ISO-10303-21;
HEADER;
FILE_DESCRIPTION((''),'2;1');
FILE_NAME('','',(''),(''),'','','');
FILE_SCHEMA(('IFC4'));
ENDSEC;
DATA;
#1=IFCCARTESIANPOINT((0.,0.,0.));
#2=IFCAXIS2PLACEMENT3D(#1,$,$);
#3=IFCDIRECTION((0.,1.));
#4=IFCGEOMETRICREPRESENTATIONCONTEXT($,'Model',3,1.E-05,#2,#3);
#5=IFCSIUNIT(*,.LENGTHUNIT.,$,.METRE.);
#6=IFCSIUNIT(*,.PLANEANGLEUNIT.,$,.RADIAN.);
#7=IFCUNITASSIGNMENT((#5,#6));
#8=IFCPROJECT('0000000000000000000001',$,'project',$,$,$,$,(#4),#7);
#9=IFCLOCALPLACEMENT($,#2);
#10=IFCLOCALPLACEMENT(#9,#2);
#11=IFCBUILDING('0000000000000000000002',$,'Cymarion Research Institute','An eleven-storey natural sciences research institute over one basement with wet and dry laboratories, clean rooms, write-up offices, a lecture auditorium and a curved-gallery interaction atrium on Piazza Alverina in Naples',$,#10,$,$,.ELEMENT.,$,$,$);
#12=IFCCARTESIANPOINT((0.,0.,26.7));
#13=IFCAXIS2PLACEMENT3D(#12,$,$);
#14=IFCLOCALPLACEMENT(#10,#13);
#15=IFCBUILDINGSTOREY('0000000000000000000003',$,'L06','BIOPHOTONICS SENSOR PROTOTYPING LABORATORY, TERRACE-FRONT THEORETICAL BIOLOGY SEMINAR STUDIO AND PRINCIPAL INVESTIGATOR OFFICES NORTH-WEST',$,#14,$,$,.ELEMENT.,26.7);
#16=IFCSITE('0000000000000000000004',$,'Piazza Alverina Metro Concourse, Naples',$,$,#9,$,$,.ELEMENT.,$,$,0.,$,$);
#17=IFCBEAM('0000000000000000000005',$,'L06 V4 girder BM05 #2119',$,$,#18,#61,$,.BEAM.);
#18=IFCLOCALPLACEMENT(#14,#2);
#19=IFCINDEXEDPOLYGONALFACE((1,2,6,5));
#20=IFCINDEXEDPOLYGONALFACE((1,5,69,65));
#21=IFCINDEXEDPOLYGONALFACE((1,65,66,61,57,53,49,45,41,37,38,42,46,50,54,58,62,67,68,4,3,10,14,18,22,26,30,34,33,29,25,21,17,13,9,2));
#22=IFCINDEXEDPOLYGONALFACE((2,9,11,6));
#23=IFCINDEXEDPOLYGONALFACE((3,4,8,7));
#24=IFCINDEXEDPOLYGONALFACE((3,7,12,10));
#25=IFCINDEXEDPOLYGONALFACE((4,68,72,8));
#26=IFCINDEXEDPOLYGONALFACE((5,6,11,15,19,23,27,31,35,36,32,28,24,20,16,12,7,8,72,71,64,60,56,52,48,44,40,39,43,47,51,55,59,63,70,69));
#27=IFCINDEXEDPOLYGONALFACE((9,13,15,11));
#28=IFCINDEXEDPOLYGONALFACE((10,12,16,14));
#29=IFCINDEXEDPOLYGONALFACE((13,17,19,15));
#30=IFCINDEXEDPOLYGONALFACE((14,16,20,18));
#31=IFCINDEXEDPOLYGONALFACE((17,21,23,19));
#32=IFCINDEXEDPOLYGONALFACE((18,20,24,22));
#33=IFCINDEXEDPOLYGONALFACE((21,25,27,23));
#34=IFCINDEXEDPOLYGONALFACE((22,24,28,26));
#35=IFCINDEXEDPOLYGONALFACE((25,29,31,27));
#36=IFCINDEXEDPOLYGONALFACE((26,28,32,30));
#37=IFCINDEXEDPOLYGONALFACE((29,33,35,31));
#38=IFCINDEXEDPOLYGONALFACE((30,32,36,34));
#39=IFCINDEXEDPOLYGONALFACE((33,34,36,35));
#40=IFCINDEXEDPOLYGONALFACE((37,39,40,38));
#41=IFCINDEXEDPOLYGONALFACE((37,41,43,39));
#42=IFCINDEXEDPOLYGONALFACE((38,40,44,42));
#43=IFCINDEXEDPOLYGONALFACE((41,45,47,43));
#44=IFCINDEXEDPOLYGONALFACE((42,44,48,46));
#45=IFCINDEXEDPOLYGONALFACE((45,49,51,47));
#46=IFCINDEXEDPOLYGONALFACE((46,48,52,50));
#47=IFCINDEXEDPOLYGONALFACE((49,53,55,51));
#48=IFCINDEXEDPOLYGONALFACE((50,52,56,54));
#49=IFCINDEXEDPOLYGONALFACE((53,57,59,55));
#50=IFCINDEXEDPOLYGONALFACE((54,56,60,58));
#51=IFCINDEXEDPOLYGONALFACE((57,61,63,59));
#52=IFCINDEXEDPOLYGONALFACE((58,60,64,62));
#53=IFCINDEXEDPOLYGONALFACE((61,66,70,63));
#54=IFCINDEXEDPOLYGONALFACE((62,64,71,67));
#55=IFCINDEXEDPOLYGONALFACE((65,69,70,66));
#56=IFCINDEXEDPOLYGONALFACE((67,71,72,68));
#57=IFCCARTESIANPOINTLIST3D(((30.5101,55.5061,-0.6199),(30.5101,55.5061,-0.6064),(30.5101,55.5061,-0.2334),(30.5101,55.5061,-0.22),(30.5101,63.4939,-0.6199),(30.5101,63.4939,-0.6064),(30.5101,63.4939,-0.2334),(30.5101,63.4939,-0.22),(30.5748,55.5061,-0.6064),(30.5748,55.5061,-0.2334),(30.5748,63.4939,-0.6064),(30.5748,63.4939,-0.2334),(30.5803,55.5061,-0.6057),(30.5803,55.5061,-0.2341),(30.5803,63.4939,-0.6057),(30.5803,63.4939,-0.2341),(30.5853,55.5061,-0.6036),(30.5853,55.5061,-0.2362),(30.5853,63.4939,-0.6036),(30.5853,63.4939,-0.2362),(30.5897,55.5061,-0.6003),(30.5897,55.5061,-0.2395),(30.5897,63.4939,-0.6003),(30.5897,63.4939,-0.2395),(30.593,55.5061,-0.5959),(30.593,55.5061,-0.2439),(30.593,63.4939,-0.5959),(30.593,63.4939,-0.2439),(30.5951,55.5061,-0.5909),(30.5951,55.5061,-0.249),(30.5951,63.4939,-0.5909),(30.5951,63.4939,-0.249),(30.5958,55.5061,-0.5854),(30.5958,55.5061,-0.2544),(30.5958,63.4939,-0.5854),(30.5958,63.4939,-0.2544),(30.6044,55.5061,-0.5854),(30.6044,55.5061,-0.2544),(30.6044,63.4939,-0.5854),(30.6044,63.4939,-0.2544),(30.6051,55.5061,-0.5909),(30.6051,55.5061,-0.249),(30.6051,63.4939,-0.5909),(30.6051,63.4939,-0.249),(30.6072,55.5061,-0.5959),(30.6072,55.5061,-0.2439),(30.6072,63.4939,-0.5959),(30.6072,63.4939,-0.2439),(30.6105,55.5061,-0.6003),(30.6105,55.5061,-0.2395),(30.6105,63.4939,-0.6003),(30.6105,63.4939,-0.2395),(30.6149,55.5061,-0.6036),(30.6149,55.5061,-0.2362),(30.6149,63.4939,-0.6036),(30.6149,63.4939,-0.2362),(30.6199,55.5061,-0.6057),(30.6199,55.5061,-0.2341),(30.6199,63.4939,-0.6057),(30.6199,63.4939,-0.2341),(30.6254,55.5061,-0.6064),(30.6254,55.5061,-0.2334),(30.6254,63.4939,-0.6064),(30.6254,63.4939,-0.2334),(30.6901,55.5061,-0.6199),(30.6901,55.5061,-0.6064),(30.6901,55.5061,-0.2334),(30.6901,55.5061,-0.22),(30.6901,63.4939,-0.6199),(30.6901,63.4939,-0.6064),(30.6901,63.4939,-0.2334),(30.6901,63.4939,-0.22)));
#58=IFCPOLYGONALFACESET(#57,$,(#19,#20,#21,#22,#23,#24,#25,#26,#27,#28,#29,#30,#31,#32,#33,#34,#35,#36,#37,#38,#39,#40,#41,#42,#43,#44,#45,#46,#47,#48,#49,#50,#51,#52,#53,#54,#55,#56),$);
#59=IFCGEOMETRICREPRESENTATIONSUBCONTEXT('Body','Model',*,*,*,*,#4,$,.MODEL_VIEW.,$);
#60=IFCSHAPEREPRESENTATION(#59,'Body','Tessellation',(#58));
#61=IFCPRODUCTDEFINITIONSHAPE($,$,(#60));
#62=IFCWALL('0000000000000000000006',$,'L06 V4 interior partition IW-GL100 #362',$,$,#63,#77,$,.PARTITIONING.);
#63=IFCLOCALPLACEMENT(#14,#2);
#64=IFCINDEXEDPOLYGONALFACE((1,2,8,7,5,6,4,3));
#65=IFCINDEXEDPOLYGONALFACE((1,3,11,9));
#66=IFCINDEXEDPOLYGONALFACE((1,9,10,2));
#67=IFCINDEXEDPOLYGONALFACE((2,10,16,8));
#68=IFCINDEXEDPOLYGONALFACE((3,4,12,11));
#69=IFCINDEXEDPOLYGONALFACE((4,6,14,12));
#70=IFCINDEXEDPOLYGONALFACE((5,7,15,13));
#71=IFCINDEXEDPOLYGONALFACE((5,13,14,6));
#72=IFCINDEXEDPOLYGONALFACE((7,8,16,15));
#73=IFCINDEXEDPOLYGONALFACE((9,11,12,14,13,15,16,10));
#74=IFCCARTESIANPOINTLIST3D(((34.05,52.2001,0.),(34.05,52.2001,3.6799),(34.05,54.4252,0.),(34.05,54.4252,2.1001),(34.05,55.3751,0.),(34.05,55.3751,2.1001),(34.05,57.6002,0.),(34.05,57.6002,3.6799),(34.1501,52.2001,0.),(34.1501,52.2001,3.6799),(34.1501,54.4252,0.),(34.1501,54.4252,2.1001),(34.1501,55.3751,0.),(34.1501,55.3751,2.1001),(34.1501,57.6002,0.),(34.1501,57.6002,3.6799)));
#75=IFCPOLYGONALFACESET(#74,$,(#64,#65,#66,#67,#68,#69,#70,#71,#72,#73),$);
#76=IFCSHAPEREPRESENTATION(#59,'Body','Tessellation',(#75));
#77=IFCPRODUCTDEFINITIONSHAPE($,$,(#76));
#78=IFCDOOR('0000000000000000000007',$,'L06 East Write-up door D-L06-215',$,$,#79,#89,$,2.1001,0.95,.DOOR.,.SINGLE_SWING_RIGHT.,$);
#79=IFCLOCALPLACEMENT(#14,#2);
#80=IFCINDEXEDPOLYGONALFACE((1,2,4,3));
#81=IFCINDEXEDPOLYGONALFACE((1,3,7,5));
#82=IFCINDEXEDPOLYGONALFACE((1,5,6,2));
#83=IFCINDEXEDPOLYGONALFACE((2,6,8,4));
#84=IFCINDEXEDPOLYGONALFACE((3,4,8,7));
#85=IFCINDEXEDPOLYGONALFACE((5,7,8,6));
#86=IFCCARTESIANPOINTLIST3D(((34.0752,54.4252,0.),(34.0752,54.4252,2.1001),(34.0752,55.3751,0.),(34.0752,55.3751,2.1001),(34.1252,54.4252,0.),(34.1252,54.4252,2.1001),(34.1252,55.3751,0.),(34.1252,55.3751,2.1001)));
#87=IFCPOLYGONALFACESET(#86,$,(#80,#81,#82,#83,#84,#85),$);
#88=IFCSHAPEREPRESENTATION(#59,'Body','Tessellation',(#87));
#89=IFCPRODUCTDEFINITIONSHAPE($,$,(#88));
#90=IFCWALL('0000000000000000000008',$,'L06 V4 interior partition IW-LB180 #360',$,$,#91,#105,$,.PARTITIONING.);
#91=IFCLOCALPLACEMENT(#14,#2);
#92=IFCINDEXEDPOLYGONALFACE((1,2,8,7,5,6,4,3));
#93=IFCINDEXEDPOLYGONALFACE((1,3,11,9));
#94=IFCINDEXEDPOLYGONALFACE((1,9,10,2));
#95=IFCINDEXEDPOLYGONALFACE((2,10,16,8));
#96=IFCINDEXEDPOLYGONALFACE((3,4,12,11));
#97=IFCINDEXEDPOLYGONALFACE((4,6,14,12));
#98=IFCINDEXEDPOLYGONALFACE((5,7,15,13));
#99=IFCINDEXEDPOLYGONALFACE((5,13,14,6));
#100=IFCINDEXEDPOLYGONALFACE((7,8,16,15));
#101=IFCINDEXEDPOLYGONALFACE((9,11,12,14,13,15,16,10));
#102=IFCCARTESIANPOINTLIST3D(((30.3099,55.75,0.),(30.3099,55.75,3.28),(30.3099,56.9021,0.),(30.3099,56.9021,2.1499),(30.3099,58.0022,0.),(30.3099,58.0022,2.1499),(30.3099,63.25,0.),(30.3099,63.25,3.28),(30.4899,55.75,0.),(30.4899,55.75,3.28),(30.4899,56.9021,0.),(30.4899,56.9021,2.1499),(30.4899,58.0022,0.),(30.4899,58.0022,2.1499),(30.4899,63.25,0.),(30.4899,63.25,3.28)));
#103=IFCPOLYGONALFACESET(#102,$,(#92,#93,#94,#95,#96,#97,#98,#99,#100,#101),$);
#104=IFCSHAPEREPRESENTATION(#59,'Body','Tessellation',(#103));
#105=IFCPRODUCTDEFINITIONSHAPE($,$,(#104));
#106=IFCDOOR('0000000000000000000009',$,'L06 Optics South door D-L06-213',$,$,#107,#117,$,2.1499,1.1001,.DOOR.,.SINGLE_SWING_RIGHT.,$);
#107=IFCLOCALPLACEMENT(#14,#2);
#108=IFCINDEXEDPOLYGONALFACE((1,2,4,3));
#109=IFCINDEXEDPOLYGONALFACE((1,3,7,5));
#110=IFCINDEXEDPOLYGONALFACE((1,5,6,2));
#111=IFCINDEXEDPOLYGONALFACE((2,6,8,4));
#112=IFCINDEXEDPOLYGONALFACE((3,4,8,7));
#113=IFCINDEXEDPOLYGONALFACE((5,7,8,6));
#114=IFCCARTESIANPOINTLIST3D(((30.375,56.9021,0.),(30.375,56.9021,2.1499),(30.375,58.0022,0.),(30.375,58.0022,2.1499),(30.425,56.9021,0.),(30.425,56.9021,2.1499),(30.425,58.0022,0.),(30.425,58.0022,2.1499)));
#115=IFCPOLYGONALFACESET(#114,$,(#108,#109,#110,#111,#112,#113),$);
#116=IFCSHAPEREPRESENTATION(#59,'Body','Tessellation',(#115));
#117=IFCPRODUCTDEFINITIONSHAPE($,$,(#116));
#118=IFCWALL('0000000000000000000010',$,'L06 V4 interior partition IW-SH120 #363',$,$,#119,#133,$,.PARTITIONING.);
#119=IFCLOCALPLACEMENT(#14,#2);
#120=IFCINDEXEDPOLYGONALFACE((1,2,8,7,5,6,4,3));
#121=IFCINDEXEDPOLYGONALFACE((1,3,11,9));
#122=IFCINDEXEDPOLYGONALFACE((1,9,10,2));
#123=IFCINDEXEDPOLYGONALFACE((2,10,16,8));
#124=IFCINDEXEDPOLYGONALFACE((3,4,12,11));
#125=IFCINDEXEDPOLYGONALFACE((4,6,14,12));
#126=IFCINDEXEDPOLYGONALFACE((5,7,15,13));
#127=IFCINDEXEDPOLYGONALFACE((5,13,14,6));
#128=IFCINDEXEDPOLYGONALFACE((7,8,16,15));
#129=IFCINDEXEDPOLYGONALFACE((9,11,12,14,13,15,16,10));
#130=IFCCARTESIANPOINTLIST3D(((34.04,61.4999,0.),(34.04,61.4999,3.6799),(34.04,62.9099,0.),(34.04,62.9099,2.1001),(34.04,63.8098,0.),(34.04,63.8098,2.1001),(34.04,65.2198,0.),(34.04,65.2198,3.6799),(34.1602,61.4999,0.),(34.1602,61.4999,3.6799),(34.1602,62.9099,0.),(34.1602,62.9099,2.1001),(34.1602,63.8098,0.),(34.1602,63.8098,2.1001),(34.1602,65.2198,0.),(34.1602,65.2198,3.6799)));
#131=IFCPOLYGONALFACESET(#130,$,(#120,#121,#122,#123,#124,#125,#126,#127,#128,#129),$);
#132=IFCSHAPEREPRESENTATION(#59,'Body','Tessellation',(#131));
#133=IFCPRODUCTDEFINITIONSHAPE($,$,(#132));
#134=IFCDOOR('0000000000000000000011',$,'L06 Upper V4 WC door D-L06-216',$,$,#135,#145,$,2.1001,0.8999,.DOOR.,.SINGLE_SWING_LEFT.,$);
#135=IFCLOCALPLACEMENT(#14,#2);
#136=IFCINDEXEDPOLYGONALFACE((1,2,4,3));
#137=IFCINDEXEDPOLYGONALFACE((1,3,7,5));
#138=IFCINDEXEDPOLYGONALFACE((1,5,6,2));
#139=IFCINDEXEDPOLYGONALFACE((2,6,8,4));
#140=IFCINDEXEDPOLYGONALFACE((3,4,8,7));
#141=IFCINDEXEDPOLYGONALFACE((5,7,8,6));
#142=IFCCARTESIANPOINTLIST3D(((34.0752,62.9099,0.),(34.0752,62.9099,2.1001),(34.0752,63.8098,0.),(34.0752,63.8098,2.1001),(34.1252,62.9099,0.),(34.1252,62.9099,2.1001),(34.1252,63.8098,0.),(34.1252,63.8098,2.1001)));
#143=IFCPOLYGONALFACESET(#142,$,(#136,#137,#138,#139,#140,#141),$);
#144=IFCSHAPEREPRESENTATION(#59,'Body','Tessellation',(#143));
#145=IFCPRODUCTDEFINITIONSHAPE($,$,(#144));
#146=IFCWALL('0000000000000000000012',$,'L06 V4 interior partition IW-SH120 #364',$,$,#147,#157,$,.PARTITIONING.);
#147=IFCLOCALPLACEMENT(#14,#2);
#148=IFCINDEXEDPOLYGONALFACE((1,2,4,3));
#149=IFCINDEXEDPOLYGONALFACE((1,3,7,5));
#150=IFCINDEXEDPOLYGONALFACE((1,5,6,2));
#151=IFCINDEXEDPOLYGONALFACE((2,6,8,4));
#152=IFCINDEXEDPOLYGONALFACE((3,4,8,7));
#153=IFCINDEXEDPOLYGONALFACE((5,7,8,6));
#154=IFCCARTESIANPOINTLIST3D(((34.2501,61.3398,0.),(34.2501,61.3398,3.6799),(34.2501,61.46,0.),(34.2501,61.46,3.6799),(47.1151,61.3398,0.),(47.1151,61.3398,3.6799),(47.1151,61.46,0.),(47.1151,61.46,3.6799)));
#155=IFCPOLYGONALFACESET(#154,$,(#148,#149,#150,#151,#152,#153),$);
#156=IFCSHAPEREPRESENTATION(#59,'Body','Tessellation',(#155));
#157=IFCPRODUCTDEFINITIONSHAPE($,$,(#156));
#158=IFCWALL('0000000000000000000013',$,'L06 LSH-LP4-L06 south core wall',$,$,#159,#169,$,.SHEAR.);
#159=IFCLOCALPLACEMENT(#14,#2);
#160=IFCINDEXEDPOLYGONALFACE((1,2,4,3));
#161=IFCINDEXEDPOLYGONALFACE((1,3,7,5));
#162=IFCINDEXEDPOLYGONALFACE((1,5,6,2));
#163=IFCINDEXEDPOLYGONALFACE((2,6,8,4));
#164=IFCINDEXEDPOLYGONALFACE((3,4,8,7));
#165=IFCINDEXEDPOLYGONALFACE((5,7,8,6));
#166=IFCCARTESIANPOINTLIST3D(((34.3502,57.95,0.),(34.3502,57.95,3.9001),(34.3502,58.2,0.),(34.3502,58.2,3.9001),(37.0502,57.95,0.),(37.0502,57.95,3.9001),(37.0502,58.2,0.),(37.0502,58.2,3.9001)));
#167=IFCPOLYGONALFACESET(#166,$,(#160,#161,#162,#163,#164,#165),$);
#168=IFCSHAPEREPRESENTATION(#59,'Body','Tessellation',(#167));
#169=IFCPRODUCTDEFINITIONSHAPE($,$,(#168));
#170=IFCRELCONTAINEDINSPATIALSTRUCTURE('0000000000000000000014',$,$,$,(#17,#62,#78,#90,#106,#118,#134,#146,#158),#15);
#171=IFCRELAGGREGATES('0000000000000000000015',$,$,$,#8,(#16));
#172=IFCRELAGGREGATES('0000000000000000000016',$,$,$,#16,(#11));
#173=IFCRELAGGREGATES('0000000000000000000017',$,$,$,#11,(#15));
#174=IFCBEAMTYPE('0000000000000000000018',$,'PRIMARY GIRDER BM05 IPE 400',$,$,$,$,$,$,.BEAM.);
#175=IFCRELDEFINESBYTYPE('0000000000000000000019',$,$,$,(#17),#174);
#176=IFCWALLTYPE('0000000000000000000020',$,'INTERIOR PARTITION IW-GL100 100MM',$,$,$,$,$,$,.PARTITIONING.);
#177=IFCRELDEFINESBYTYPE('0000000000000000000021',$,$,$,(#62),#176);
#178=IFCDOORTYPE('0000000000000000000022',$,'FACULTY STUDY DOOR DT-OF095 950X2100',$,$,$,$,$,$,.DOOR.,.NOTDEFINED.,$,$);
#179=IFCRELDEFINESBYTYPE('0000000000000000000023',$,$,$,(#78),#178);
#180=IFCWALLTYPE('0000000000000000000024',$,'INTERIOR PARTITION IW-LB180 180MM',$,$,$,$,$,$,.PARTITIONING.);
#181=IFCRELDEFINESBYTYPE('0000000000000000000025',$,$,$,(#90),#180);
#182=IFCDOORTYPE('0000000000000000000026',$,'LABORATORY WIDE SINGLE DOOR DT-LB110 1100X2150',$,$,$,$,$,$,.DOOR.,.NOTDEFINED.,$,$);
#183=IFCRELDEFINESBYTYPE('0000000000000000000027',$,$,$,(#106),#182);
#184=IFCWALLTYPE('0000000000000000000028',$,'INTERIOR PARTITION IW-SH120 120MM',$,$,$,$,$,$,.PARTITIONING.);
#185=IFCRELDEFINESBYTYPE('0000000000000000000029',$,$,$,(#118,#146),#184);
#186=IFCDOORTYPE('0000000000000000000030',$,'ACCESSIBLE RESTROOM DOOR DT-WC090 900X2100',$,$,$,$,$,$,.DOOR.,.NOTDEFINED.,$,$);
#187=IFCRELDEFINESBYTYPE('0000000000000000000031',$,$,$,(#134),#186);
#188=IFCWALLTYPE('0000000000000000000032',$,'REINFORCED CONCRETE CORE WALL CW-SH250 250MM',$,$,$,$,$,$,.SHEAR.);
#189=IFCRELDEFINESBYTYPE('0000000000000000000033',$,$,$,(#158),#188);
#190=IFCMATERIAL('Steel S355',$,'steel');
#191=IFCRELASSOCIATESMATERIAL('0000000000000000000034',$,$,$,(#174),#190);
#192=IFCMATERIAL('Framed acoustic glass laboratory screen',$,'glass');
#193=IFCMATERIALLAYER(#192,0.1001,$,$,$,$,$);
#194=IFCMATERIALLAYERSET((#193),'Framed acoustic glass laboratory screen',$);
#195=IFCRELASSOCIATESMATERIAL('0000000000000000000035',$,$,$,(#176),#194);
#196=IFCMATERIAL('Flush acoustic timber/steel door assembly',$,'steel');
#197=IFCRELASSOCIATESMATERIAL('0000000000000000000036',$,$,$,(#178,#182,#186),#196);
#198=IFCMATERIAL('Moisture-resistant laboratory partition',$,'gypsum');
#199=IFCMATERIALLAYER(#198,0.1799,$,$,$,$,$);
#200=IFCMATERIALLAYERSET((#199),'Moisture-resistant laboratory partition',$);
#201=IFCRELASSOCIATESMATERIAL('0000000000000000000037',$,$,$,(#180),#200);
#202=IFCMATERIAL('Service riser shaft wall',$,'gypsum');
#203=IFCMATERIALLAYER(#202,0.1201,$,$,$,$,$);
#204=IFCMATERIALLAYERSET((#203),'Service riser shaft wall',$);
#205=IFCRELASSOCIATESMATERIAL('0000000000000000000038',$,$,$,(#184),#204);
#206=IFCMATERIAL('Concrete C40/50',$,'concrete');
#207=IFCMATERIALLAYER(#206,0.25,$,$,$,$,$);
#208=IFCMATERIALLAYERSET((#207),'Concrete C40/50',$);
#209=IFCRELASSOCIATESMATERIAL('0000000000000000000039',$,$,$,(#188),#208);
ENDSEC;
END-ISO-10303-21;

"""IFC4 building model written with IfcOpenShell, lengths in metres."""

from ifc_helpers import new_model, si_unit, direction, frame, frame_2d, origin, origin_2d, place, context, subcontext, project, spatial, rectangle, i_section, extrude, material, layer, layer_set, material_profile, profile_set, type_object, element, fill, save


model = new_model("IFC4")

# Units and contexts
model_context = context("Model", 3, precision=1e-05, world=origin(), true_north=direction((0.0, 1.0)))
body_context = subcontext(model_context, "Body", "Model", "MODEL_VIEW")
ifc_project = project(units=[si_unit("LENGTHUNIT", "METRE"), si_unit("PLANEANGLEUNIT", "RADIAN")], contexts=[model_context])

# Site, building, storey
site_placement = place(None, origin())
site = spatial("IfcSite", under=ifc_project, at=site_placement, Name="Piazza Alverina Metro Concourse, Naples", CompositionType="ELEMENT", RefElevation=0.0)
building_placement = place(site_placement, origin())
building = spatial("IfcBuilding", under=site, at=building_placement, Name="Cymarion Research Institute", Description="An eleven-storey natural sciences research institute over one basement with wet and dry laboratories, clean rooms, write-up offices, a lecture auditorium and a curved-gallery interaction atrium on Piazza Alverina in Naples", CompositionType="ELEMENT")
storey_placement = place(building_placement, frame((0.0, 0.0, 26.7)))
storey = spatial("IfcBuildingStorey", under=building, at=storey_placement, Name="L06", Description="BIOPHOTONICS SENSOR PROTOTYPING LABORATORY, TERRACE-FRONT THEORETICAL BIOLOGY SEMINAR STUDIO AND PRINCIPAL INVESTIGATOR OFFICES NORTH-WEST", CompositionType="ELEMENT", Elevation=26.7)

# Shared definitions
ifc_material_1 = material(Name="Steel S355", Category="steel")
ifc_material_2 = material(Name="Concrete C40/50", Category="concrete")

# Beam
ifc_material_profile_1 = material_profile(ifc_material_1, i_section(OverallWidth=0.1799, OverallDepth=0.3999, WebThickness=0.0085, FlangeThickness=0.0134, FilletRadius=0.021, at=origin_2d()), Name="IPE 400")
ifc_profile_set_1 = profile_set([ifc_material_profile_1], Name="Steel S355")
beam_type = type_object("IfcBeamType", Name="PRIMARY GIRDER BM05 IPE 400", PredefinedType="BEAM", material=ifc_profile_set_1)
beam_placement = place(storey_placement, frame((30.6001, 55.5061, -0.4199), z_axis=(0.0, 1.0, 0.0), x_axis=(-1.0, 0.0, 0.0)))
element("IfcBeam", 1, at=beam_placement, inside=storey, type_object=beam_type, Name="L06 V4 girder BM05 #2119", PredefinedType="BEAM", context=body_context, shape_type="SweptSolid", body=[
    extrude(i_section(OverallWidth=0.1799, OverallDepth=0.3999, WebThickness=0.0085, FlangeThickness=0.0134, FilletRadius=0.021, at=origin_2d()), origin(), (0.0, 0.0, 1.0), 7.9878),
])

# Walls, openings, doors
ifc_material_3 = material(Name="Framed acoustic glass laboratory screen", Category="glass")
ifc_layer_1 = layer(ifc_material_3, 0.1001)
ifc_layer_set_1 = layer_set([ifc_layer_1], Name="Framed acoustic glass laboratory screen")
wall_type_1 = type_object("IfcWallType", Name="INTERIOR PARTITION IW-GL100 100MM", PredefinedType="PARTITIONING", material=ifc_layer_set_1)
wall_1_placement = place(storey_placement, frame((34.1001, 52.2, 0.0), z_axis=(0.0, 0.0, 1.0), x_axis=(0.0, 1.0, 0.0)))
wall_1 = element("IfcWall", 2, at=wall_1_placement, inside=storey, type_object=wall_type_1, Name="L06 V4 interior partition IW-GL100 #362", PredefinedType="PARTITIONING", context=body_context, shape_type="SweptSolid", body=[
    extrude(rectangle(XDim=5.4001, YDim=0.1001, at=frame_2d((2.7002, 0.0))), origin(), (0.0, 0.0, 1.0), 3.6799),
])
opening_1_placement = place(wall_1_placement, frame((2.2251, 0.0, 0.0)))
opening_1 = element("IfcOpeningElement", 3, at=opening_1_placement, cuts=wall_1, PredefinedType="OPENING", context=body_context, shape_type="SweptSolid", body=[
    extrude(rectangle(XDim=0.95, YDim=2.1001, at=frame_2d((0.4751, 1.05))), frame((0.0, 0.0601, 0.0), z_axis=(0.0, -1.0, 0.0), x_axis=(1.0, 0.0, 0.0)), (0.0, 0.0, 1.0), 0.1201),
])
ifc_material_4 = material(Name="Flush acoustic timber/steel door assembly", Category="steel")
door_type_1 = type_object("IfcDoorType", Name="FACULTY STUDY DOOR DT-OF095 950X2100", OperationType="NOTDEFINED", PredefinedType="DOOR", material=ifc_material_4)
door_1_placement = place(opening_1_placement, origin())
door_1 = element("IfcDoor", 4, at=door_1_placement, inside=storey, type_object=door_type_1, Name="L06 East Write-up door D-L06-215", OperationType="SINGLE_SWING_RIGHT", OverallHeight=2.1001, OverallWidth=0.95, PredefinedType="DOOR", context=body_context, shape_type="SweptSolid", body=[
    extrude(rectangle(XDim=0.95, YDim=2.1001, at=frame_2d((0.4751, 1.05))), frame((0.0, 0.0249, 0.0), z_axis=(0.0, -1.0, 0.0), x_axis=(1.0, 0.0, 0.0)), (0.0, 0.0, 1.0), 0.05),
])
fill(opening_1, door_1)
ifc_material_5 = material(Name="Moisture-resistant laboratory partition", Category="gypsum")
ifc_layer_2 = layer(ifc_material_5, 0.1799)
ifc_layer_set_2 = layer_set([ifc_layer_2], Name="Moisture-resistant laboratory partition")
wall_type_2 = type_object("IfcWallType", Name="INTERIOR PARTITION IW-LB180 180MM", PredefinedType="PARTITIONING", material=ifc_layer_set_2)
wall_2_placement = place(storey_placement, frame((30.3999, 55.75, 0.0), z_axis=(0.0, 0.0, 1.0), x_axis=(0.0, 1.0, 0.0)))
wall_2 = element("IfcWall", 5, at=wall_2_placement, inside=storey, type_object=wall_type_2, Name="L06 V4 interior partition IW-LB180 #360", PredefinedType="PARTITIONING", context=body_context, shape_type="SweptSolid", body=[
    extrude(rectangle(XDim=7.5, YDim=0.1799, at=frame_2d((3.75, 0.0))), origin(), (0.0, 0.0, 1.0), 3.28),
])
opening_2_placement = place(wall_2_placement, frame((1.1521, 0.0, 0.0)))
opening_2 = element("IfcOpeningElement", 6, at=opening_2_placement, cuts=wall_2, PredefinedType="OPENING", context=body_context, shape_type="SweptSolid", body=[
    extrude(rectangle(XDim=1.1001, YDim=2.1499, at=frame_2d((0.55, 1.075))), frame((0.0, 0.0999, 0.0), z_axis=(0.0, -1.0, 0.0), x_axis=(1.0, 0.0, 0.0)), (0.0, 0.0, 1.0), 0.2),
])
door_type_2 = type_object("IfcDoorType", Name="LABORATORY WIDE SINGLE DOOR DT-LB110 1100X2150", OperationType="NOTDEFINED", PredefinedType="DOOR", material=ifc_material_4)
door_2_placement = place(opening_2_placement, origin())
door_2 = element("IfcDoor", 7, at=door_2_placement, inside=storey, type_object=door_type_2, Name="L06 Optics South door D-L06-213", OperationType="SINGLE_SWING_RIGHT", OverallHeight=2.1499, OverallWidth=1.1001, PredefinedType="DOOR", context=body_context, shape_type="SweptSolid", body=[
    extrude(rectangle(XDim=1.1001, YDim=2.1499, at=frame_2d((0.55, 1.075))), frame((0.0, 0.0249, 0.0), z_axis=(0.0, -1.0, 0.0), x_axis=(1.0, 0.0, 0.0)), (0.0, 0.0, 1.0), 0.05),
])
fill(opening_2, door_2)
ifc_material_6 = material(Name="Service riser shaft wall", Category="gypsum")
ifc_layer_3 = layer(ifc_material_6, 0.1201)
ifc_layer_set_3 = layer_set([ifc_layer_3], Name="Service riser shaft wall")
wall_type_3 = type_object("IfcWallType", Name="INTERIOR PARTITION IW-SH120 120MM", PredefinedType="PARTITIONING", material=ifc_layer_set_3)
wall_3_placement = place(storey_placement, frame((34.1001, 61.5, 0.0), z_axis=(0.0, 0.0, 1.0), x_axis=(0.0, 1.0, 0.0)))
wall_3 = element("IfcWall", 8, at=wall_3_placement, inside=storey, type_object=wall_type_3, Name="L06 V4 interior partition IW-SH120 #363", PredefinedType="PARTITIONING", context=body_context, shape_type="SweptSolid", body=[
    extrude(rectangle(XDim=3.72, YDim=0.1201, at=frame_2d((1.8599, 0.0))), origin(), (0.0, 0.0, 1.0), 3.6799),
])
opening_3_placement = place(wall_3_placement, frame((1.4099, 0.0, 0.0)))
opening_3 = element("IfcOpeningElement", 9, at=opening_3_placement, cuts=wall_3, PredefinedType="OPENING", context=body_context, shape_type="SweptSolid", body=[
    extrude(rectangle(XDim=0.8999, YDim=2.1001, at=frame_2d((0.45, 1.05))), frame((0.0, 0.0701, 0.0), z_axis=(0.0, -1.0, 0.0), x_axis=(1.0, 0.0, 0.0)), (0.0, 0.0, 1.0), 0.1401),
])
door_type_3 = type_object("IfcDoorType", Name="ACCESSIBLE RESTROOM DOOR DT-WC090 900X2100", OperationType="NOTDEFINED", PredefinedType="DOOR", material=ifc_material_4)
door_3_placement = place(opening_3_placement, origin())
door_3 = element("IfcDoor", 10, at=door_3_placement, inside=storey, type_object=door_type_3, Name="L06 Upper V4 WC door D-L06-216", OperationType="SINGLE_SWING_LEFT", OverallHeight=2.1001, OverallWidth=0.8999, PredefinedType="DOOR", context=body_context, shape_type="SweptSolid", body=[
    extrude(rectangle(XDim=0.8999, YDim=2.1001, at=frame_2d((0.45, 1.05))), frame((0.0, 0.0249, 0.0), z_axis=(0.0, -1.0, 0.0), x_axis=(1.0, 0.0, 0.0)), (0.0, 0.0, 1.0), 0.05),
])
fill(opening_3, door_3)

# Walls
wall_4_placement = place(storey_placement, frame((34.25, 61.3999, 0.0), z_axis=(0.0, 0.0, 1.0), x_axis=(1.0, 0.0, 0.0)))
element("IfcWall", 11, at=wall_4_placement, inside=storey, type_object=wall_type_3, Name="L06 V4 interior partition IW-SH120 #364", PredefinedType="PARTITIONING", context=body_context, shape_type="SweptSolid", body=[
    extrude(rectangle(XDim=12.865, YDim=0.1201, at=frame_2d((6.4326, 0.0))), origin(), (0.0, 0.0, 1.0), 3.6799),
])
ifc_layer_4 = layer(ifc_material_2, 0.25)
ifc_layer_set_4 = layer_set([ifc_layer_4], Name="Concrete C40/50")
wall_type_4 = type_object("IfcWallType", Name="REINFORCED CONCRETE CORE WALL CW-SH250 250MM", PredefinedType="SHEAR", material=ifc_layer_set_4)
for number, where, z_axis, x_axis, name in (
    (12, (34.3501, 58.075, 0.0), (0.0, 0.0, 1.0), (1.0, 0.0, 0.0), "L06 LSH-LP4-L06 south core wall"),
):
    element("IfcWall", number, at=place(storey_placement, frame(where, z_axis=z_axis, x_axis=x_axis)), inside=storey, type_object=wall_type_4, Name=name, PredefinedType="SHEAR", context=body_context, shape_type="SweptSolid", body=[
        extrude(rectangle(XDim=2.7, YDim=0.25, at=frame_2d((1.3501, 0.0))), origin(), (0.0, 0.0, 1.0), 3.9001),
    ])

save(model, "model.ifc")
